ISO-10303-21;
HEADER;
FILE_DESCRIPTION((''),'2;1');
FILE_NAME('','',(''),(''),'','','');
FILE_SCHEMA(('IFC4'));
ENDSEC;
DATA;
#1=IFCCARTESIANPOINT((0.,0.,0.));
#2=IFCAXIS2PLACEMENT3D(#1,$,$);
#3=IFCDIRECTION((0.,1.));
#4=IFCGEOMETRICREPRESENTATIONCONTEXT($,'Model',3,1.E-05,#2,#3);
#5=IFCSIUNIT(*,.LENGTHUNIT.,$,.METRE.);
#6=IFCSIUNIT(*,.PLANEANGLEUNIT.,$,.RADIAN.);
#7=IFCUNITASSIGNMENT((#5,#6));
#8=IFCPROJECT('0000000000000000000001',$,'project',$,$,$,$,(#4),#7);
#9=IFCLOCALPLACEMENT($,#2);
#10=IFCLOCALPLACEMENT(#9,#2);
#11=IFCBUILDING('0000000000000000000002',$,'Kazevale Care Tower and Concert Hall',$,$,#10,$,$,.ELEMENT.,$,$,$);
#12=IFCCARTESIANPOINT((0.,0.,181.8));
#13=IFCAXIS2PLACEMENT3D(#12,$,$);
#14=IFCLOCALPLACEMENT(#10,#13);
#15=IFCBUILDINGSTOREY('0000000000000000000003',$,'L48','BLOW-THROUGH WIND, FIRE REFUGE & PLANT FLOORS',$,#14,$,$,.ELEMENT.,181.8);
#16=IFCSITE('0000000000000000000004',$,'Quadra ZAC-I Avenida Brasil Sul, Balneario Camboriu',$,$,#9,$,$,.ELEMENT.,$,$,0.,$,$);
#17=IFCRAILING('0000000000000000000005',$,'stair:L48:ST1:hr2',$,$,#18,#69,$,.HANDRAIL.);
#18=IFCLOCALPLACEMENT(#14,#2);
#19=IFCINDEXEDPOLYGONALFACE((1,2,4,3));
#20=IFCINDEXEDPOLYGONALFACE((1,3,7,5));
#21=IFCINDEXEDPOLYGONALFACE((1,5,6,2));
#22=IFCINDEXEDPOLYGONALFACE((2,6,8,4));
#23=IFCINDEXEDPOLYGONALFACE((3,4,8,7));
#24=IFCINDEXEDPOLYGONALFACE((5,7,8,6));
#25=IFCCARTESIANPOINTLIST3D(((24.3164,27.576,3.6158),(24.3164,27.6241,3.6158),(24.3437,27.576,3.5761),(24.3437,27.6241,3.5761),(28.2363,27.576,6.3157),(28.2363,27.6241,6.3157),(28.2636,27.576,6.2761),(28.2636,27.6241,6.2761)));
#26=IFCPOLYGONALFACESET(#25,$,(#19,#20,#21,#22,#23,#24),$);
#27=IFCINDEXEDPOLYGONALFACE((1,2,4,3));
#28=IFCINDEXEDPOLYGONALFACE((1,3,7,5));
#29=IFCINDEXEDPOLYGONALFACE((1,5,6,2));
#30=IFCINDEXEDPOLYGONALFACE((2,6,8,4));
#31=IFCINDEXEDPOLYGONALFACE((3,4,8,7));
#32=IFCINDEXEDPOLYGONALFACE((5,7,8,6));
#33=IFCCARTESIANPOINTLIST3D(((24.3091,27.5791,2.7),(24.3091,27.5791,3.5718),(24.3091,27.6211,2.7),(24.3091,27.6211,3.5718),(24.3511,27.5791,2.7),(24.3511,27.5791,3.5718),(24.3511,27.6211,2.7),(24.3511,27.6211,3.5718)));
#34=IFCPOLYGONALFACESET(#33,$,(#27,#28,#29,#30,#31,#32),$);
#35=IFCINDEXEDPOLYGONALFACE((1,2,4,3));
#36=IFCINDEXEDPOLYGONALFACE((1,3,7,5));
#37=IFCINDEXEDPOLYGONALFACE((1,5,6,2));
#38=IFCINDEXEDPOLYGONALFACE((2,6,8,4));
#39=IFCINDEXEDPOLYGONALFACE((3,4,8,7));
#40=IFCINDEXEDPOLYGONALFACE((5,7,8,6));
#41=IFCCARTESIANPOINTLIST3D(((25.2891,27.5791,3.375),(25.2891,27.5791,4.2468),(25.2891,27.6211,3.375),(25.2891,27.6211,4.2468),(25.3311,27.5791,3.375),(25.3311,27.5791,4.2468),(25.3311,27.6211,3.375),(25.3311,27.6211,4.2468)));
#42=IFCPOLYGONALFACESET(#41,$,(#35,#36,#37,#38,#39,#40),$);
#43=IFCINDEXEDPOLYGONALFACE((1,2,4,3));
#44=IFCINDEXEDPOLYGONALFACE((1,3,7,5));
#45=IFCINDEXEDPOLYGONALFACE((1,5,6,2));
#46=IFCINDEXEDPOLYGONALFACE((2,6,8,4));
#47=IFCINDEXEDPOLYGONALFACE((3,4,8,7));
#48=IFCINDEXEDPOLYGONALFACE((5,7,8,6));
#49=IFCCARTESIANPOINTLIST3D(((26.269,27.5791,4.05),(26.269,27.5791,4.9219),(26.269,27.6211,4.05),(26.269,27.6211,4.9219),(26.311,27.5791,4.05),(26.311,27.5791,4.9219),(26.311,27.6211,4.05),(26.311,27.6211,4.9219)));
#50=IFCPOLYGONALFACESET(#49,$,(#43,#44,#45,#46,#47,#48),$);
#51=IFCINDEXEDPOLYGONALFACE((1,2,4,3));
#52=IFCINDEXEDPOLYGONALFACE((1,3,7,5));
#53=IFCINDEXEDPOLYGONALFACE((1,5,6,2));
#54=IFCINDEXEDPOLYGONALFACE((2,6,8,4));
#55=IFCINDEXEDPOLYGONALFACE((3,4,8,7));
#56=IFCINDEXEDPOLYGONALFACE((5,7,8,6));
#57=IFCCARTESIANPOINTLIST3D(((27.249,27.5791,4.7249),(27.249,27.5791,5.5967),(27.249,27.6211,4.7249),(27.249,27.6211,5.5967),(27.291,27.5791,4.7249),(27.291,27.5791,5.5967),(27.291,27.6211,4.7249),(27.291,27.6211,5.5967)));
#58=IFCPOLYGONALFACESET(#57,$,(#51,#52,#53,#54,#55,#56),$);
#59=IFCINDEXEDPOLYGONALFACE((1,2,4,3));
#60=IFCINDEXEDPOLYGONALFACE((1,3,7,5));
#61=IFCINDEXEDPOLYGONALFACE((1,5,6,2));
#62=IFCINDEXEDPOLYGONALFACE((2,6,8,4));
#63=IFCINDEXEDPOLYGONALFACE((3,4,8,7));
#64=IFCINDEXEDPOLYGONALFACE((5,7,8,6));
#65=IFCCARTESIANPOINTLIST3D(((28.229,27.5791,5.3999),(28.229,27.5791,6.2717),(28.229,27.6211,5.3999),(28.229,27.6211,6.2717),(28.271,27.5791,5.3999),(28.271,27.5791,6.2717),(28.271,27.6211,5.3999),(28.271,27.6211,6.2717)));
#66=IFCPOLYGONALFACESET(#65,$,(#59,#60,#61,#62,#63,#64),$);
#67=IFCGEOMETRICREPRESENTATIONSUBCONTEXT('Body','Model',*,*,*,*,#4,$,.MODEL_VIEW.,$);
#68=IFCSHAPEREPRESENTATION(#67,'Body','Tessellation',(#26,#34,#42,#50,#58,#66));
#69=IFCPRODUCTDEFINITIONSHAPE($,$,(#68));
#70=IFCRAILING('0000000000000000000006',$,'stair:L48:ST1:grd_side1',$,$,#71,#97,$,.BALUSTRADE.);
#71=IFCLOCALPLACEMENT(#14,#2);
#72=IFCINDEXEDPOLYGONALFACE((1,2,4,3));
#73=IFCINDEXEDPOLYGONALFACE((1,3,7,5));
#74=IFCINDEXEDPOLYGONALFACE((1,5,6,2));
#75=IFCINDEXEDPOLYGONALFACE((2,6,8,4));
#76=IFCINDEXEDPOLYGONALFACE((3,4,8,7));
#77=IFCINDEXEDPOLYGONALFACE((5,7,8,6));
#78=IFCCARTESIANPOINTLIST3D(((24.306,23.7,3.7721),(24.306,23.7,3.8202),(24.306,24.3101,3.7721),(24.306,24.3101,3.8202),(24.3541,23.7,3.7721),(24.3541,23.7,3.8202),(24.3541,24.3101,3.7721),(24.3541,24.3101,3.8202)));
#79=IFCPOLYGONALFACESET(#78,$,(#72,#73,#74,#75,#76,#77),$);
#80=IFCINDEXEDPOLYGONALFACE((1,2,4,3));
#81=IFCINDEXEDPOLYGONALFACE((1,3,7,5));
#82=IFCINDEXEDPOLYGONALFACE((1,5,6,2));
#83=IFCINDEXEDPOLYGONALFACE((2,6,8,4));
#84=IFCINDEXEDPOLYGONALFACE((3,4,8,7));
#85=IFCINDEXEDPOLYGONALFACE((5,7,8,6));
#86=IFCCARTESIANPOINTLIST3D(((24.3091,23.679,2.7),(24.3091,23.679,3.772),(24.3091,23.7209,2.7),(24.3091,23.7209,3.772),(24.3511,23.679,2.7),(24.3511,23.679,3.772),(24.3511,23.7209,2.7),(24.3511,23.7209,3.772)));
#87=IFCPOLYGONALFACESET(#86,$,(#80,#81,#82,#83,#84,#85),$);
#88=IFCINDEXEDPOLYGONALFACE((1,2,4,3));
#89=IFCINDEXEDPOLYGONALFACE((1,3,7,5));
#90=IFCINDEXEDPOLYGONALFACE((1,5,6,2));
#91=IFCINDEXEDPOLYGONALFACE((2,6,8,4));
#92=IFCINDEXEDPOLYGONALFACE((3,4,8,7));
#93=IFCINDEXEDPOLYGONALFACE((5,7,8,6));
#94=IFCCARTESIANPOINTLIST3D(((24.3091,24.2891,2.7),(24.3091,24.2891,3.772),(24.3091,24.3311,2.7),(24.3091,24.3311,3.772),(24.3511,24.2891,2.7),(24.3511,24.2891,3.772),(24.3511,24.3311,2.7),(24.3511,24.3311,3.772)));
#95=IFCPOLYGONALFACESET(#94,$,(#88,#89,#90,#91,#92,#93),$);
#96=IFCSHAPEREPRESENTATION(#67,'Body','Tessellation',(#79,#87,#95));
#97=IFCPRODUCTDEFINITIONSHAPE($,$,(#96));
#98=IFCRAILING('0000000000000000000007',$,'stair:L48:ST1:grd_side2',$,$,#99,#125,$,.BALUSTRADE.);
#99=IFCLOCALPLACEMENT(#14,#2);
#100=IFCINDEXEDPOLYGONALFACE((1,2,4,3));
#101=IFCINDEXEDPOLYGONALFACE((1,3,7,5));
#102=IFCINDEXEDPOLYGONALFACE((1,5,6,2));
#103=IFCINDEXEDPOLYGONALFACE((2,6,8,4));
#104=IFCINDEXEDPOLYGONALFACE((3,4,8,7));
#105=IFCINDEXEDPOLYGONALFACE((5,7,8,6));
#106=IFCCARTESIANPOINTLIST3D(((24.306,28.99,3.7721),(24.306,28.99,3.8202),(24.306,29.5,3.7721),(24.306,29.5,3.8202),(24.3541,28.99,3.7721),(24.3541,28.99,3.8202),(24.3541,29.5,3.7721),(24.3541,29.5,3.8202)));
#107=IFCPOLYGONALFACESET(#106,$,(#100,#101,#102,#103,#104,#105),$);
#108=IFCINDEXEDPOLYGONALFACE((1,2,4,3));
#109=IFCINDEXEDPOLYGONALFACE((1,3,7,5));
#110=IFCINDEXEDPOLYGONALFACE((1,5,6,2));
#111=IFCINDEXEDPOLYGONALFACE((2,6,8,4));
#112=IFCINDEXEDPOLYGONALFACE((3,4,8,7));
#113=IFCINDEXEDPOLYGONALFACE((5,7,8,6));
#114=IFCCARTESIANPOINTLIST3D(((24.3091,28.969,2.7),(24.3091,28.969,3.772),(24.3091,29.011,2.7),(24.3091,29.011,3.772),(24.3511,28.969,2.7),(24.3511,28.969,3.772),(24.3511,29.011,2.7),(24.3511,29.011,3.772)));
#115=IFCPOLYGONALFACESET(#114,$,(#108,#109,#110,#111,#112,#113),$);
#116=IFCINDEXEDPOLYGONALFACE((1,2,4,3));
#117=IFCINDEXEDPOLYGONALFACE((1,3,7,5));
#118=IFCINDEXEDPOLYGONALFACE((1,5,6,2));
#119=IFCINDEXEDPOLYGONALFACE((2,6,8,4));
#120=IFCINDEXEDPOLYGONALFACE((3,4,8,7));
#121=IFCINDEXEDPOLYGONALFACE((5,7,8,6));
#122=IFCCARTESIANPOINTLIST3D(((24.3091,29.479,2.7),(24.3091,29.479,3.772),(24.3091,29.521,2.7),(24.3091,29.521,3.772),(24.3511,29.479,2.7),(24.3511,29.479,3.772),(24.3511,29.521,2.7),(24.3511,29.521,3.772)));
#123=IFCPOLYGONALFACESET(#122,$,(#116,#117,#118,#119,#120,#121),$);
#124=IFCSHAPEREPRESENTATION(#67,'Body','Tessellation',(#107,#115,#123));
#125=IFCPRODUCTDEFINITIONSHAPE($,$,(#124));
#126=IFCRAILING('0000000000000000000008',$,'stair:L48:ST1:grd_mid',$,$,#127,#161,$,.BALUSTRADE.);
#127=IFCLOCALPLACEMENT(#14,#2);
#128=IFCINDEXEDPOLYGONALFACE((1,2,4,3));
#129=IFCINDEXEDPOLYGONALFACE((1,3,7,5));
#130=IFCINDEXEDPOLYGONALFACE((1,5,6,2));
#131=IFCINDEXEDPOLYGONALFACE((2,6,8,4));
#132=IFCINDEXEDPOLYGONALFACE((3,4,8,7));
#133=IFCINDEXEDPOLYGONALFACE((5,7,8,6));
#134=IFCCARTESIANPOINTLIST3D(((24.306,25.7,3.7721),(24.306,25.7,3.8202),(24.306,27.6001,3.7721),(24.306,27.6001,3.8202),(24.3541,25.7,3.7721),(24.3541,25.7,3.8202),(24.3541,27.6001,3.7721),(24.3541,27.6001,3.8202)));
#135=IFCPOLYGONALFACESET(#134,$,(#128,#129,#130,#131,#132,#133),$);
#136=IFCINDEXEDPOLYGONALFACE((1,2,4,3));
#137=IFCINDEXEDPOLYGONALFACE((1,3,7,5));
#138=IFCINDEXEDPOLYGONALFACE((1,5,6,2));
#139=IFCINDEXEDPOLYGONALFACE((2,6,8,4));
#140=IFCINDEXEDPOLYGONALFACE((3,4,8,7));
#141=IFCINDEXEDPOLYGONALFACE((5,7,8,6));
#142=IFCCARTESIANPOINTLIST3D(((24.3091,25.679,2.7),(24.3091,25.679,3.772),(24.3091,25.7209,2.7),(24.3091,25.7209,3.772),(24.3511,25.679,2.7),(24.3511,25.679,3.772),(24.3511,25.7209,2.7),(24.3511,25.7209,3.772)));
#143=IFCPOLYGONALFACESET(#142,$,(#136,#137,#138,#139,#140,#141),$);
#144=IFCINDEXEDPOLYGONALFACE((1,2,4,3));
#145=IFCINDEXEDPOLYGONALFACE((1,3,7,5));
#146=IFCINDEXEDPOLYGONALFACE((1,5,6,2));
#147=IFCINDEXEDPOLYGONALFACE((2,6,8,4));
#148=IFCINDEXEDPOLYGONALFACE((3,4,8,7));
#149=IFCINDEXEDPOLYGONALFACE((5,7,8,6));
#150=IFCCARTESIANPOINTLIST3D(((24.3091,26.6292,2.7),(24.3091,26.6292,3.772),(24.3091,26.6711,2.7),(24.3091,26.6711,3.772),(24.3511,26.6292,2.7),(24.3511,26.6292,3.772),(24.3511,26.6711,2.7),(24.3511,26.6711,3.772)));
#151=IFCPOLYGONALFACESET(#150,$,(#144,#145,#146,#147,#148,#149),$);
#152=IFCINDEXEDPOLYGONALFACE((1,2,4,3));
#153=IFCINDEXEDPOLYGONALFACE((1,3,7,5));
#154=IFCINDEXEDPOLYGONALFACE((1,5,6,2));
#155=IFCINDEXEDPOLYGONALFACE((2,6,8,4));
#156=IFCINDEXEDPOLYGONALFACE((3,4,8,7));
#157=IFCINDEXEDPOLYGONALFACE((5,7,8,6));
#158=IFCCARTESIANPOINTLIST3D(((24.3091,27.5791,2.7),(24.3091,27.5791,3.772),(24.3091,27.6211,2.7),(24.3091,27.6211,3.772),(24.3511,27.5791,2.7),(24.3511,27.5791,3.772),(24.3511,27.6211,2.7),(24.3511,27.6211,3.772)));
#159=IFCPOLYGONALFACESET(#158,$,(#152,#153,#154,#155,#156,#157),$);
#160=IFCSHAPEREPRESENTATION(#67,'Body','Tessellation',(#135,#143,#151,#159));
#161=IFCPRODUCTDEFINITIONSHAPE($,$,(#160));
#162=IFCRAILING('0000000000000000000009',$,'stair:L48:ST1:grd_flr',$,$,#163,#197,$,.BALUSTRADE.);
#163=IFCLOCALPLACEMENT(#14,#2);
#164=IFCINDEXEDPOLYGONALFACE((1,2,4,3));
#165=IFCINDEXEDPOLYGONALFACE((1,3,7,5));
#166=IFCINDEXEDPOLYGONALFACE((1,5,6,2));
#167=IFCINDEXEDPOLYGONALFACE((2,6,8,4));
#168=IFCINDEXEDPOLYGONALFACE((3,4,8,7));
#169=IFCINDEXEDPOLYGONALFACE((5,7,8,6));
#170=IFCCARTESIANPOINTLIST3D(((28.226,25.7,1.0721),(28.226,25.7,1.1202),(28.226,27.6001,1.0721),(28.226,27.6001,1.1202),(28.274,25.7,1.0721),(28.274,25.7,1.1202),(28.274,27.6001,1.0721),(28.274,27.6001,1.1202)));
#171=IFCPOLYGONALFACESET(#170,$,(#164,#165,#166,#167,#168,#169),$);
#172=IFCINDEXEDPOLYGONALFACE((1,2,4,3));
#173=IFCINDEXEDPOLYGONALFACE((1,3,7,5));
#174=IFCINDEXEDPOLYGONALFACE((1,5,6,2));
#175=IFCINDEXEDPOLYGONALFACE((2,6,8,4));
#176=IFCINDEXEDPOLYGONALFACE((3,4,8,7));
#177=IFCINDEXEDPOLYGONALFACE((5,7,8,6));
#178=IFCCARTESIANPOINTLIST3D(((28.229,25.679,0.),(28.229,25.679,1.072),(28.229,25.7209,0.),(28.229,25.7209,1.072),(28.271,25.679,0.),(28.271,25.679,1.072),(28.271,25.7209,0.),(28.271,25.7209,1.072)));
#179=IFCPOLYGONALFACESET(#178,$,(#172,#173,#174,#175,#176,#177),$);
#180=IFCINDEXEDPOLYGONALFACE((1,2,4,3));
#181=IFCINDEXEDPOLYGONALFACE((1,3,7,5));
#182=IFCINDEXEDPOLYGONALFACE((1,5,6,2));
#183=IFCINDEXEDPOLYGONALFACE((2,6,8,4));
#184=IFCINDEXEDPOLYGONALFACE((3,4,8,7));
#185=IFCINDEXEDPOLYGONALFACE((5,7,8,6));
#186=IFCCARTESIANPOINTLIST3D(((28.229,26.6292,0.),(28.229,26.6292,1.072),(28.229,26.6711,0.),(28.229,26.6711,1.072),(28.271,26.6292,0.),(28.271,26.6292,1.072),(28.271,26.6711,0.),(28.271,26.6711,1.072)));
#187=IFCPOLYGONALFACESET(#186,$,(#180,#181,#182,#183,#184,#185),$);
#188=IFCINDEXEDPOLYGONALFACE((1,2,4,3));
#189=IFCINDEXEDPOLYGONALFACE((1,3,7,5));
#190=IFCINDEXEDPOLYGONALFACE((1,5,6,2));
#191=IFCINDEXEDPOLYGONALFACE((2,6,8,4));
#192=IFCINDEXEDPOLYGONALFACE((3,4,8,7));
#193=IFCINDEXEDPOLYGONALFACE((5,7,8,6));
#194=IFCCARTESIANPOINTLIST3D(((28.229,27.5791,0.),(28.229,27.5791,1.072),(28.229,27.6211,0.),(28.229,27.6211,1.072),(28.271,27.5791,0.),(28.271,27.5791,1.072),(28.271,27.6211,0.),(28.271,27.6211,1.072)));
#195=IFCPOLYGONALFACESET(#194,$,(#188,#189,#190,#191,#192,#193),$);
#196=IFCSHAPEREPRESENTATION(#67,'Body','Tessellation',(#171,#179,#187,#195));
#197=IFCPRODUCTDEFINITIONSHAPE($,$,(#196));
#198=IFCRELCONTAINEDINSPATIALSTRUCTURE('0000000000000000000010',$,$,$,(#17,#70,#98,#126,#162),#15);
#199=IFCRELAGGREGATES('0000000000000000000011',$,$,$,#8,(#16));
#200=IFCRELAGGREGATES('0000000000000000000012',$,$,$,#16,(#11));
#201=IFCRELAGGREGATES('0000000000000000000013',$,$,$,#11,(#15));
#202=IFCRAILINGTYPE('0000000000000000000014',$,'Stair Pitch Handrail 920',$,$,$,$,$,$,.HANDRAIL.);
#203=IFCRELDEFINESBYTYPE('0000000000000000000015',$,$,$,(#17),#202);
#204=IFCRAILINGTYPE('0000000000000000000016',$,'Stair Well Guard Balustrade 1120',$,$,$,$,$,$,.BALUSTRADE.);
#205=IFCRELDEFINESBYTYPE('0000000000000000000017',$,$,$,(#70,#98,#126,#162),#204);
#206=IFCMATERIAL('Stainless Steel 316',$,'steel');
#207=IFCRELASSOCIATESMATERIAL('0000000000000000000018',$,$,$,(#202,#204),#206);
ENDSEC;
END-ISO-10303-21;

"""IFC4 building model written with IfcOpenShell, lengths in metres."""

from ifc_helpers import new_model, si_unit, direction, frame, origin, origin_2d, place, context, subcontext, project, spatial, rectangle, extrude, material, type_object, element, save


model = new_model("IFC4")

# Units and contexts
model_context = context("Model", 3, precision=1e-05, world=origin(), true_north=direction((0.0, 1.0)))
body_context = subcontext(model_context, "Body", "Model", "MODEL_VIEW")
ifc_project = project(units=[si_unit("LENGTHUNIT", "METRE"), si_unit("PLANEANGLEUNIT", "RADIAN")], contexts=[model_context])

# Site, building, storey
site_placement = place(None, origin())
site = spatial("IfcSite", under=ifc_project, at=site_placement, Name="Quadra ZAC-I Avenida Brasil Sul, Balneario Camboriu", CompositionType="ELEMENT", RefElevation=0.0)
building_placement = place(site_placement, origin())
building = spatial("IfcBuilding", under=site, at=building_placement, Name="Kazevale Care Tower and Concert Hall", CompositionType="ELEMENT")
storey_placement = place(building_placement, frame((0.0, 0.0, 181.8)))
storey = spatial("IfcBuildingStorey", under=building, at=storey_placement, Name="L48", Description="BLOW-THROUGH WIND, FIRE REFUGE & PLANT FLOORS", CompositionType="ELEMENT", Elevation=181.8)

# Railings
ifc_material_1 = material(Name="Stainless Steel 316", Category="steel")
railing_type_1 = type_object("IfcRailingType", Name="Stair Pitch Handrail 920", PredefinedType="HANDRAIL", material=ifc_material_1)
railing_1_placement = place(storey_placement, frame((24.3301, 27.6001, 2.7)))
element("IfcRailing", 1, at=railing_1_placement, inside=storey, type_object=railing_type_1, Name="stair:L48:ST1:hr2", PredefinedType="HANDRAIL", context=body_context, shape_type="SweptSolid", body=[
    extrude(rectangle(XDim=0.0481, YDim=0.0481, at=origin_2d()), frame((0.0, 0.0, 0.896), z_axis=(0.823551, 0.0, 0.567243), x_axis=(0.0, 1.0, 0.0)), (0.0, 0.0, 1.0), 4.7598),
    extrude(rectangle(XDim=0.042, YDim=0.042, at=origin_2d()), origin(), (0.0, 0.0, 1.0), 0.8718),
    extrude(rectangle(XDim=0.042, YDim=0.042, at=origin_2d()), frame((0.98, 0.0, 0.675)), (0.0, 0.0, 1.0), 0.8718),
    extrude(rectangle(XDim=0.042, YDim=0.042, at=origin_2d()), frame((1.96, 0.0, 1.3501)), (0.0, 0.0, 1.0), 0.8718),
    extrude(rectangle(XDim=0.042, YDim=0.042, at=origin_2d()), frame((2.9399, 0.0, 2.0249)), (0.0, 0.0, 1.0), 0.8718),
    extrude(rectangle(XDim=0.042, YDim=0.042, at=origin_2d()), frame((3.9199, 0.0, 2.7)), (0.0, 0.0, 1.0), 0.8718),
])
railing_type_2 = type_object("IfcRailingType", Name="Stair Well Guard Balustrade 1120", PredefinedType="BALUSTRADE", material=ifc_material_1)
railing_2_placement = place(storey_placement, frame((24.3301, 23.7, 2.7)))
element("IfcRailing", 2, at=railing_2_placement, inside=storey, type_object=railing_type_2, Name="stair:L48:ST1:grd_side1", PredefinedType="BALUSTRADE", context=body_context, shape_type="SweptSolid", body=[
    extrude(rectangle(XDim=0.0481, YDim=0.0481, at=origin_2d()), frame((0.0, 0.0, 1.0962), z_axis=(0.0, 1.0, 0.0), x_axis=(-1.0, 0.0, 0.0)), (0.0, 0.0, 1.0), 0.6101),
    extrude(rectangle(XDim=0.042, YDim=0.042, at=origin_2d()), origin(), (0.0, 0.0, 1.0), 1.072),
    extrude(rectangle(XDim=0.042, YDim=0.042, at=origin_2d()), frame((0.0, 0.6101, 0.0)), (0.0, 0.0, 1.0), 1.072),
])
railing_3_placement = place(storey_placement, frame((24.3301, 28.99, 2.7)))
element("IfcRailing", 3, at=railing_3_placement, inside=storey, type_object=railing_type_2, Name="stair:L48:ST1:grd_side2", PredefinedType="BALUSTRADE", context=body_context, shape_type="SweptSolid", body=[
    extrude(rectangle(XDim=0.0481, YDim=0.0481, at=origin_2d()), frame((0.0, 0.0, 1.0962), z_axis=(0.0, 1.0, 0.0), x_axis=(-1.0, 0.0, 0.0)), (0.0, 0.0, 1.0), 0.51),
    extrude(rectangle(XDim=0.042, YDim=0.042, at=origin_2d()), origin(), (0.0, 0.0, 1.0), 1.072),
    extrude(rectangle(XDim=0.042, YDim=0.042, at=origin_2d()), frame((0.0, 0.51, 0.0)), (0.0, 0.0, 1.0), 1.072),
])
for number, where, name in (
    (4, (24.3301, 25.7, 2.7), "stair:L48:ST1:grd_mid"),
    (5, (28.25, 25.7, 0.0), "stair:L48:ST1:grd_flr"),
):
    element("IfcRailing", number, at=place(storey_placement, frame(where)), inside=storey, type_object=railing_type_2, Name=name, PredefinedType="BALUSTRADE", context=body_context, shape_type="SweptSolid", body=[
        extrude(rectangle(XDim=0.0481, YDim=0.0481, at=origin_2d()), frame((0.0, 0.0, 1.0962), z_axis=(0.0, 1.0, 0.0), x_axis=(-1.0, 0.0, 0.0)), (0.0, 0.0, 1.0), 1.9001),
        extrude(rectangle(XDim=0.042, YDim=0.042, at=origin_2d()), origin(), (0.0, 0.0, 1.0), 1.072),
        extrude(rectangle(XDim=0.042, YDim=0.042, at=origin_2d()), frame((0.0, 0.9502, 0.0)), (0.0, 0.0, 1.0), 1.072),
        extrude(rectangle(XDim=0.042, YDim=0.042, at=origin_2d()), frame((0.0, 1.9001, 0.0)), (0.0, 0.0, 1.0), 1.072),
    ])

save(model, "model.ifc")
